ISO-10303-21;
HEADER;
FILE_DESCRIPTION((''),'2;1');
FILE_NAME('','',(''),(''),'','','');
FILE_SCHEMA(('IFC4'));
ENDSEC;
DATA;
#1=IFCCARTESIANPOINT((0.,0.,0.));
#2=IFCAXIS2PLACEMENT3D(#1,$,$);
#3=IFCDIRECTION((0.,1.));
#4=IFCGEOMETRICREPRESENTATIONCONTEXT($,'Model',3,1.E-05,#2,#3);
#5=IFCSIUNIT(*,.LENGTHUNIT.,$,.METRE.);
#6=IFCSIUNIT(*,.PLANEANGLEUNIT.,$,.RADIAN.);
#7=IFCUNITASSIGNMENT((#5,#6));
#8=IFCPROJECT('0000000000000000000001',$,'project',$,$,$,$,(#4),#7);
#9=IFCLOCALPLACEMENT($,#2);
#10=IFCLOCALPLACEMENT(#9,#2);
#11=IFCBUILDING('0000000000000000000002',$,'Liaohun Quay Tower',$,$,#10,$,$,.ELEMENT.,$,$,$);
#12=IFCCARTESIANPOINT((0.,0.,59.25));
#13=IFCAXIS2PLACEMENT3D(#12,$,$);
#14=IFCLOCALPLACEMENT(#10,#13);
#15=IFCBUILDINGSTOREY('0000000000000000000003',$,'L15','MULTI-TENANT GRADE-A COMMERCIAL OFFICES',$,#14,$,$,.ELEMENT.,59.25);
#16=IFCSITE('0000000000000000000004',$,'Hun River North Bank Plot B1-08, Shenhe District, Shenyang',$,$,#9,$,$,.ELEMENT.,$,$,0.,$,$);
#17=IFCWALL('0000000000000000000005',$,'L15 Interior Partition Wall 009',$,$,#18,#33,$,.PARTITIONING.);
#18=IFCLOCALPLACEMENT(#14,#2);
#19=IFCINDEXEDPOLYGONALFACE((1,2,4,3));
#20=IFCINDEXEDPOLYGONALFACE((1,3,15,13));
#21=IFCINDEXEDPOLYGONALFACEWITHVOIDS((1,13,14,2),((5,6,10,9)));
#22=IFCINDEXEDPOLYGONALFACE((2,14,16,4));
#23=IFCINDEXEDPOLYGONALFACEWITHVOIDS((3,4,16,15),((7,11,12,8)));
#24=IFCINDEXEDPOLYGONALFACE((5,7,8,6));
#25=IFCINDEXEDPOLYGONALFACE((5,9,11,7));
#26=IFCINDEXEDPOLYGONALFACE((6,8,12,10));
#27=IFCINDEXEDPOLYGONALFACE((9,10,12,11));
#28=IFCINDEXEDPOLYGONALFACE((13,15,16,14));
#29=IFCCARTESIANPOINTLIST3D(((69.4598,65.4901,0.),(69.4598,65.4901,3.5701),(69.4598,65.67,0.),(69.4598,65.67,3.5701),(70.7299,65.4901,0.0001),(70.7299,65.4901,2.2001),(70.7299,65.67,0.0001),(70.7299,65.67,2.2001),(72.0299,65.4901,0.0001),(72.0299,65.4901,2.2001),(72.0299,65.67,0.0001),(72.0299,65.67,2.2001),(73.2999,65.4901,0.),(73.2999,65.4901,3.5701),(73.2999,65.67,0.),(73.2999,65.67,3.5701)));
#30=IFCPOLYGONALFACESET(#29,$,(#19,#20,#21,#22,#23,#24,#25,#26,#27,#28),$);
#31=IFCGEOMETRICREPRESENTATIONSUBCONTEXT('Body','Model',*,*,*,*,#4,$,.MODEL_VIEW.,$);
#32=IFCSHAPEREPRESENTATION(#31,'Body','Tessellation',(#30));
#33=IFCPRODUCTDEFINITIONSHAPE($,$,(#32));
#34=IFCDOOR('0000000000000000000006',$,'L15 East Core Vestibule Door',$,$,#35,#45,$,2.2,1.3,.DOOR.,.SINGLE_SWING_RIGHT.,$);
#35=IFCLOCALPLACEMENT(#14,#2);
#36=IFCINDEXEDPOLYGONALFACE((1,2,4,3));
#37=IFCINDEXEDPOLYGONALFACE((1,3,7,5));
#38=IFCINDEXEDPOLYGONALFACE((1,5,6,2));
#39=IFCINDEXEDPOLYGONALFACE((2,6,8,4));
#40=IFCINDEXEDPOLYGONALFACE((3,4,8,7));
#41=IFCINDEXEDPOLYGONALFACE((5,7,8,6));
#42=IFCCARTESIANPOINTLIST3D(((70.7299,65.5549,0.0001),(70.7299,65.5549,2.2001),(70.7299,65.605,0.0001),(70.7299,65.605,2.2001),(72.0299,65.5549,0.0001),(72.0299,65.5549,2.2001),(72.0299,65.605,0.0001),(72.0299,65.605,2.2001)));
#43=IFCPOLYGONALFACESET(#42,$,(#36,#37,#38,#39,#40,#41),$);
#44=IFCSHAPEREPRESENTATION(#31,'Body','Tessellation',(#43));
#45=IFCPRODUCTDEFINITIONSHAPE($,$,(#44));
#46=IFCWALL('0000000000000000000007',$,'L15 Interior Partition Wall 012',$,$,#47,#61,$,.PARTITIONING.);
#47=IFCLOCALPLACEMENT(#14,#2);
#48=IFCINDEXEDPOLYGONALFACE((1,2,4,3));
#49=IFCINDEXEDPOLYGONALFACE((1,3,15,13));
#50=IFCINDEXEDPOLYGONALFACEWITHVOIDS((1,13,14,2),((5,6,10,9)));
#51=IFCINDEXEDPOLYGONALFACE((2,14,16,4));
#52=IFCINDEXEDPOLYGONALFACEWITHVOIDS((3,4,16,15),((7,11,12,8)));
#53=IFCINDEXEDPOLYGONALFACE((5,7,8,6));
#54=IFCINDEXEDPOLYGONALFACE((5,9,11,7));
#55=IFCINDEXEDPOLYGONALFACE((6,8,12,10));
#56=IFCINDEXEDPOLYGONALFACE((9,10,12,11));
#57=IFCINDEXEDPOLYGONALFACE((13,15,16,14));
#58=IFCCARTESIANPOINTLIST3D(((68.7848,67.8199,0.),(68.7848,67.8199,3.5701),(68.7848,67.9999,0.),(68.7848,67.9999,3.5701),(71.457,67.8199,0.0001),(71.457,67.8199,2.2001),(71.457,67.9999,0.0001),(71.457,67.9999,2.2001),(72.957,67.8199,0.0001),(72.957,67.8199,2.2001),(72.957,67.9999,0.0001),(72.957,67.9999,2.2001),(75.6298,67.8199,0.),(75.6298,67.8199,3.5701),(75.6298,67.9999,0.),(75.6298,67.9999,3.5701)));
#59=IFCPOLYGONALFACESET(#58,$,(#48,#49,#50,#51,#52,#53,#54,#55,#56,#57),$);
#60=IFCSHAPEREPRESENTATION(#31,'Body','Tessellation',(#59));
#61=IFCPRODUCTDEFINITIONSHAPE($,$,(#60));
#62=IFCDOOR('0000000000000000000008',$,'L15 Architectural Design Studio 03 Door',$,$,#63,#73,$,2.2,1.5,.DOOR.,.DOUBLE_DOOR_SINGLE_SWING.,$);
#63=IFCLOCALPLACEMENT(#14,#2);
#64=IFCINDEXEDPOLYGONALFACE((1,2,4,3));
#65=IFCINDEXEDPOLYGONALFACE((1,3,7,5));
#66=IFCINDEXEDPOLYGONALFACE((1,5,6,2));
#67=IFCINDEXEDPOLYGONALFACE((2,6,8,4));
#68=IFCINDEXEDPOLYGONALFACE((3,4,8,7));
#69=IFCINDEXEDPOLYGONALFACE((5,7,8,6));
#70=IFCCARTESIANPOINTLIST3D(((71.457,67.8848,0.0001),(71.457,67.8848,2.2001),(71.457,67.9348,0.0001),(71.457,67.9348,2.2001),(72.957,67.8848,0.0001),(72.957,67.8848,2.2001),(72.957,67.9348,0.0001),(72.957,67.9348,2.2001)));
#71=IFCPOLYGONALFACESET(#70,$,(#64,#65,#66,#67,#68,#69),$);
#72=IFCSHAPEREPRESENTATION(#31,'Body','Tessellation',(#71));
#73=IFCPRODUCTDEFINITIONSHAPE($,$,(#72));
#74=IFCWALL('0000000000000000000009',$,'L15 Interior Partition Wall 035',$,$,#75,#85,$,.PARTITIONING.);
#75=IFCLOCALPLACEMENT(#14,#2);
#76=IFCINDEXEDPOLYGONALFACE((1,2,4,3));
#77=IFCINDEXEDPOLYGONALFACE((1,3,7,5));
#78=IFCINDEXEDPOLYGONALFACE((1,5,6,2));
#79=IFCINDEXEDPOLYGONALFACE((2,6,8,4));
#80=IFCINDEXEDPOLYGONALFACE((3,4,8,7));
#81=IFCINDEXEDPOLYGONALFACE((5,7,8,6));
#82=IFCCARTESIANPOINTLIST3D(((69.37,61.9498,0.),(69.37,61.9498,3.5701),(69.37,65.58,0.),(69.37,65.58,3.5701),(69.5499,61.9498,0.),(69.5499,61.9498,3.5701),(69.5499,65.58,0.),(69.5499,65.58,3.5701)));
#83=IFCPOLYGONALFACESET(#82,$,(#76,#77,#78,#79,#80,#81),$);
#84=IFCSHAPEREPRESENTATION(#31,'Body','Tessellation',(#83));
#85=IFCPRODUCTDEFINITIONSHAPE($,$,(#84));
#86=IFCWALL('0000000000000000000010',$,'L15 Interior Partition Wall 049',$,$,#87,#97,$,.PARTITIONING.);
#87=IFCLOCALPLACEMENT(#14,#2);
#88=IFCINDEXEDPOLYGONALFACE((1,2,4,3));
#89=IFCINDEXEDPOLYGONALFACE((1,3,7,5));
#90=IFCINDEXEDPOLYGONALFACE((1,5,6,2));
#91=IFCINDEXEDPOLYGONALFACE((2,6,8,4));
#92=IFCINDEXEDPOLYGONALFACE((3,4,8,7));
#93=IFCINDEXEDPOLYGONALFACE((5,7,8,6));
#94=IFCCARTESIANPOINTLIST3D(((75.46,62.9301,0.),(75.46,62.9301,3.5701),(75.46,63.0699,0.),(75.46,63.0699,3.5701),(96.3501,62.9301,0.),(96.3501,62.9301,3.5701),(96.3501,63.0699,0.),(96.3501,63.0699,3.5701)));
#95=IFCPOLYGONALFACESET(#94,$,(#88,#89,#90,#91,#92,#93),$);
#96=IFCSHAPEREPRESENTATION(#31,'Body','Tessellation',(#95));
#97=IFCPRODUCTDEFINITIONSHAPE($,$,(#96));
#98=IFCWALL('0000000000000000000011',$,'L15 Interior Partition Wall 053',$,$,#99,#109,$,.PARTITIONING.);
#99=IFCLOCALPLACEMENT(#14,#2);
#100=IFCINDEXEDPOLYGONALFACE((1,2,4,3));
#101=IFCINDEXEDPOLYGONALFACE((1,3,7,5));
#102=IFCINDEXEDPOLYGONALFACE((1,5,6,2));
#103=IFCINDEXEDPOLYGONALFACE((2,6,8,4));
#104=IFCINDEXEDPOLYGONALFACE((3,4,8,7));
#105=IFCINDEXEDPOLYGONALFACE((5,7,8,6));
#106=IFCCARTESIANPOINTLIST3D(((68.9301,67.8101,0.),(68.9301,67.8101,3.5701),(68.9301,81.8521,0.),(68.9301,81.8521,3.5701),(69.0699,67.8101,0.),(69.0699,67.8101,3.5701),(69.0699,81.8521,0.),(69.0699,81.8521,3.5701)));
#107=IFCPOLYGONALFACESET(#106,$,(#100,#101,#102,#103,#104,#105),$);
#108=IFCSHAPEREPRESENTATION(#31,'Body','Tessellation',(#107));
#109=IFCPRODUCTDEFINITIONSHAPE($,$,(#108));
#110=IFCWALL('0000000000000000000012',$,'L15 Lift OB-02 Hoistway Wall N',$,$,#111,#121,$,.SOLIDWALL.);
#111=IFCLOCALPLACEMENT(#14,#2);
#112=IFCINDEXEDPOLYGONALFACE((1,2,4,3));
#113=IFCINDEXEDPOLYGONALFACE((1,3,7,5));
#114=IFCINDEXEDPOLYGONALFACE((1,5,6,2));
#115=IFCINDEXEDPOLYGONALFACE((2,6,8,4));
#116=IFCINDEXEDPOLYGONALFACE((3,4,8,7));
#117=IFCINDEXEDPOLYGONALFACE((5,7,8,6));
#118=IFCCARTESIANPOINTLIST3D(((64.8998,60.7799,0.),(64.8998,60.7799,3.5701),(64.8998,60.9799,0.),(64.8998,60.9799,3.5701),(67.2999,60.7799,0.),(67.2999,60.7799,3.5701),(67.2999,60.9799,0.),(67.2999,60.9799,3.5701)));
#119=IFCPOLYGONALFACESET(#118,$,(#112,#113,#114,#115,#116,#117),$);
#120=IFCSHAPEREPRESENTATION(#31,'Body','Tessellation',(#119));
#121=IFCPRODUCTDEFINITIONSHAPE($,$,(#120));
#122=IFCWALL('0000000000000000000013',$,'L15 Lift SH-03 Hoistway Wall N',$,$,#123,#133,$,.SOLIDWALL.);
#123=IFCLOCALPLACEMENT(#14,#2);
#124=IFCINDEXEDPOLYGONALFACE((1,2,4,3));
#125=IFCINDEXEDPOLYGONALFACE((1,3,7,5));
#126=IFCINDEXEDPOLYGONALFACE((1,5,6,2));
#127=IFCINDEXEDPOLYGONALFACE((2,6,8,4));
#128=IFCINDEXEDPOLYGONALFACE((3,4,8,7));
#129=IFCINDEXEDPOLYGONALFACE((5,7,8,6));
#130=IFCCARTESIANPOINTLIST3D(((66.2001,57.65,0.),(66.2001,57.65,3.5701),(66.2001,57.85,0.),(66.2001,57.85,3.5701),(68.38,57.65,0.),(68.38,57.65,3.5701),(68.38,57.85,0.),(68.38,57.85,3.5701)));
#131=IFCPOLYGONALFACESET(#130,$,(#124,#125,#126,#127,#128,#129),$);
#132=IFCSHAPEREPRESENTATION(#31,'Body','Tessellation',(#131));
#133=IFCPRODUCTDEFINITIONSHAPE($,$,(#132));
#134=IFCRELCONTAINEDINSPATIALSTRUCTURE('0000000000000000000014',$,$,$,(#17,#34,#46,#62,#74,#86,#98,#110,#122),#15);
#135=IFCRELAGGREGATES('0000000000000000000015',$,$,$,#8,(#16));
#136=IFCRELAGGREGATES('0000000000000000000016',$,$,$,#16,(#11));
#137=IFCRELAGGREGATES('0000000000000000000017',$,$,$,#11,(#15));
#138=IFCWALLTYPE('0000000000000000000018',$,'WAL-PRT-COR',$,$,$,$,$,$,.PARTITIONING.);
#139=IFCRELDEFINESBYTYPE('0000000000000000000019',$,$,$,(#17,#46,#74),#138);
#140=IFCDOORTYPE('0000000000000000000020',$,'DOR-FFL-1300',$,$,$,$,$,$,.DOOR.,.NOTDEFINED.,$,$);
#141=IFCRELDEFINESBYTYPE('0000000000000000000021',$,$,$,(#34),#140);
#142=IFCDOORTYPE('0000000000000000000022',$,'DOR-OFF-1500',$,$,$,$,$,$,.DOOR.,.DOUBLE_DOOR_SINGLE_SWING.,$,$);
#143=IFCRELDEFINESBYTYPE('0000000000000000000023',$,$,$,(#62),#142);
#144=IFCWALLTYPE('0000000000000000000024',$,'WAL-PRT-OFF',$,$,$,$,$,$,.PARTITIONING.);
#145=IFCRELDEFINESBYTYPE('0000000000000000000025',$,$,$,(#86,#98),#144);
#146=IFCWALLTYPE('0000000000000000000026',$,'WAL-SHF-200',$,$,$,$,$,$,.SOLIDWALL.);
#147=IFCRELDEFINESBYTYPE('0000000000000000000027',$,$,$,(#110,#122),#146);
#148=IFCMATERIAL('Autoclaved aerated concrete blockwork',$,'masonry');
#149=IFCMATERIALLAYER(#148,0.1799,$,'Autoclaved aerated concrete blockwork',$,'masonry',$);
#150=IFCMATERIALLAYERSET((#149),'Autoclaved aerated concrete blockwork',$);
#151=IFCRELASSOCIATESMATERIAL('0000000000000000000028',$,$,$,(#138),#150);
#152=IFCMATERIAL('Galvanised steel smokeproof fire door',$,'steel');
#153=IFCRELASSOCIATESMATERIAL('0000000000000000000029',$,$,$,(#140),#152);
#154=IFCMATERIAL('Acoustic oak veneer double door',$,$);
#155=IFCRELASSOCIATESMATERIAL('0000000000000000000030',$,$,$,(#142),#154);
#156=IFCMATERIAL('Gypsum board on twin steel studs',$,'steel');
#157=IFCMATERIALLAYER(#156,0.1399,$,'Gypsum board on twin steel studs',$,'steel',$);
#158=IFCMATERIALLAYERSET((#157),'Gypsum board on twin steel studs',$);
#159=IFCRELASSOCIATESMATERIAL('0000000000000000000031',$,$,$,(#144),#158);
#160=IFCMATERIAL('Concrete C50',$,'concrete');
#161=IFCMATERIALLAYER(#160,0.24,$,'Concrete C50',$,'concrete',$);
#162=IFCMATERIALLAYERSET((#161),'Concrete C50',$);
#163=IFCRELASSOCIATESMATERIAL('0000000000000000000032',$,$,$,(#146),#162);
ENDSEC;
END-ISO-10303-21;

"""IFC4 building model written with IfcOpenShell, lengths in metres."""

from ifc_helpers import new_model, si_unit, direction, frame, frame_2d, origin, place, context, subcontext, project, spatial, rectangle, extrude, source, transform, mapped, material, layer, layer_set, type_object, element, fill, save


model = new_model("IFC4")

# Units and contexts
model_context = context("Model", 3, precision=1e-05, world=origin(), true_north=direction((0.0, 1.0)))
body_context = subcontext(model_context, "Body", "Model", "MODEL_VIEW")
ifc_project = project(units=[si_unit("LENGTHUNIT", "METRE"), si_unit("PLANEANGLEUNIT", "RADIAN")], contexts=[model_context])

# Site, building, storey
site_placement = place(None, origin())
site = spatial("IfcSite", under=ifc_project, at=site_placement, Name="Hun River North Bank Plot B1-08, Shenhe District, Shenyang", CompositionType="ELEMENT", RefElevation=0.0)
building_placement = place(site_placement, origin())
building = spatial("IfcBuilding", under=site, at=building_placement, Name="Liaohun Quay Tower", CompositionType="ELEMENT")
storey_placement = place(building_placement, frame((0.0, 0.0, 59.25)))
storey = spatial("IfcBuildingStorey", under=building, at=storey_placement, Name="L15", Description="MULTI-TENANT GRADE-A COMMERCIAL OFFICES", CompositionType="ELEMENT", Elevation=59.25)

# Walls, openings, doors
ifc_material_1 = material(Name="Autoclaved aerated concrete blockwork", Category="masonry")
ifc_layer_1 = layer(ifc_material_1, 0.1799, Name="Autoclaved aerated concrete blockwork", Category="masonry")
ifc_layer_set_1 = layer_set([ifc_layer_1], Name="Autoclaved aerated concrete blockwork")
wall_type_1 = type_object("IfcWallType", Name="WAL-PRT-COR", PredefinedType="PARTITIONING", material=ifc_layer_set_1)
wall_1_placement = place(storey_placement, frame((69.46, 65.5801, 0.0), z_axis=(0.0, 0.0, 1.0), x_axis=(1.0, 0.0, 0.0)))
wall_1 = element("IfcWall", 1, at=wall_1_placement, inside=storey, type_object=wall_type_1, Name="L15 Interior Partition Wall 009", PredefinedType="PARTITIONING", context=body_context, shape_type="SweptSolid", body=[
    extrude(rectangle(XDim=3.8401, YDim=0.1799, at=frame_2d((1.9199, 0.0))), origin(), (0.0, 0.0, 1.0), 3.5701),
])
shared_shape_1 = source(origin(), body_context, "Body", "SweptSolid", [
    extrude(rectangle(XDim=1.3, YDim=2.2, at=frame_2d((0.6499, 1.1001))), frame((0.0, 0.0999, 0.0), z_axis=(0.0, -1.0, 0.0), x_axis=(1.0, 0.0, 0.0)), (0.0, 0.0, 1.0), 0.2),
])
opening_1_placement = place(wall_1_placement, frame((1.27, 0.0, 0.0)))
opening_1 = element("IfcOpeningElement", 2, at=opening_1_placement, cuts=wall_1, PredefinedType="OPENING", context=body_context, shape_type="MappedRepresentation", body=[
    mapped(shared_shape_1, transform((0.0, 0.0, 0.0), x_axis=(1.0, 0.0, 0.0), y_axis=(0.0, 1.0, 0.0), z_axis=(0.0, 0.0, 1.0), scale=1.0)),
])
ifc_material_2 = material(Name="Galvanised steel smokeproof fire door", Category="steel")
door_type_1 = type_object("IfcDoorType", Name="DOR-FFL-1300", OperationType="NOTDEFINED", PredefinedType="DOOR", material=ifc_material_2)
shared_shape_2 = source(origin(), body_context, "Body", "SweptSolid", [
    extrude(rectangle(XDim=1.3, YDim=2.2, at=frame_2d((0.6499, 1.1001))), frame((0.0, 0.0249, 0.0), z_axis=(0.0, -1.0, 0.0), x_axis=(1.0, 0.0, 0.0)), (0.0, 0.0, 1.0), 0.05),
])
door_1_placement = place(opening_1_placement, origin())
door_1 = element("IfcDoor", 3, at=door_1_placement, inside=storey, type_object=door_type_1, Name="L15 East Core Vestibule Door", OperationType="SINGLE_SWING_RIGHT", OverallHeight=2.2, OverallWidth=1.3, PredefinedType="DOOR", context=body_context, shape_type="MappedRepresentation", body=[
    mapped(shared_shape_2, transform((0.0, 0.0, 0.0), x_axis=(1.0, 0.0, 0.0), y_axis=(0.0, 1.0, 0.0), z_axis=(0.0, 0.0, 1.0), scale=1.0)),
])
fill(opening_1, door_1)
wall_2_placement = place(storey_placement, frame((68.7849, 67.9099, 0.0), z_axis=(0.0, 0.0, 1.0), x_axis=(1.0, 0.0, 0.0)))
wall_2 = element("IfcWall", 4, at=wall_2_placement, inside=storey, type_object=wall_type_1, Name="L15 Interior Partition Wall 012", PredefinedType="PARTITIONING", context=body_context, shape_type="SweptSolid", body=[
    extrude(rectangle(XDim=6.845, YDim=0.1799, at=frame_2d((3.4224, 0.0))), origin(), (0.0, 0.0, 1.0), 3.5701),
])
shared_shape_3 = source(origin(), body_context, "Body", "SweptSolid", [
    extrude(rectangle(XDim=1.5, YDim=2.2, at=frame_2d((0.75, 1.1001))), frame((0.0, 0.0999, 0.0), z_axis=(0.0, -1.0, 0.0), x_axis=(1.0, 0.0, 0.0)), (0.0, 0.0, 1.0), 0.2),
])
opening_2_placement = place(wall_2_placement, frame((2.6721, 0.0, 0.0)))
opening_2 = element("IfcOpeningElement", 5, at=opening_2_placement, cuts=wall_2, PredefinedType="OPENING", context=body_context, shape_type="MappedRepresentation", body=[
    mapped(shared_shape_3, transform((0.0, 0.0, 0.0), x_axis=(1.0, 0.0, 0.0), y_axis=(0.0, 1.0, 0.0), z_axis=(0.0, 0.0, 1.0), scale=1.0)),
])
ifc_material_3 = material(Name="Acoustic oak veneer double door")
door_type_2 = type_object("IfcDoorType", Name="DOR-OFF-1500", OperationType="DOUBLE_DOOR_SINGLE_SWING", PredefinedType="DOOR", material=ifc_material_3)
shared_shape_4 = source(origin(), body_context, "Body", "SweptSolid", [
    extrude(rectangle(XDim=1.5, YDim=2.2, at=frame_2d((0.75, 1.1001))), frame((0.0, 0.0249, 0.0), z_axis=(0.0, -1.0, 0.0), x_axis=(1.0, 0.0, 0.0)), (0.0, 0.0, 1.0), 0.05),
])
door_2_placement = place(opening_2_placement, origin())
door_2 = element("IfcDoor", 6, at=door_2_placement, inside=storey, type_object=door_type_2, Name="L15 Architectural Design Studio 03 Door", OperationType="DOUBLE_DOOR_SINGLE_SWING", OverallHeight=2.2, OverallWidth=1.5, PredefinedType="DOOR", context=body_context, shape_type="MappedRepresentation", body=[
    mapped(shared_shape_4, transform((0.0, 0.0, 0.0), x_axis=(1.0, 0.0, 0.0), y_axis=(0.0, 1.0, 0.0), z_axis=(0.0, 0.0, 1.0), scale=1.0)),
])
fill(opening_2, door_2)

# Walls
wall_3_placement = place(storey_placement, frame((69.46, 61.95, 0.0), z_axis=(0.0, 0.0, 1.0), x_axis=(0.0, 1.0, 0.0)))
element("IfcWall", 7, at=wall_3_placement, inside=storey, type_object=wall_type_1, Name="L15 Interior Partition Wall 035", PredefinedType="PARTITIONING", context=body_context, shape_type="SweptSolid", body=[
    extrude(rectangle(XDim=3.6301, YDim=0.1799, at=frame_2d((1.8149, 0.0))), origin(), (0.0, 0.0, 1.0), 3.5701),
])
ifc_material_4 = material(Name="Gypsum board on twin steel studs", Category="steel")
ifc_layer_2 = layer(ifc_material_4, 0.1399, Name="Gypsum board on twin steel studs", Category="steel")
ifc_layer_set_2 = layer_set([ifc_layer_2], Name="Gypsum board on twin steel studs")
wall_type_2 = type_object("IfcWallType", Name="WAL-PRT-OFF", PredefinedType="PARTITIONING", material=ifc_layer_set_2)
wall_4_placement = place(storey_placement, frame((75.46, 63.0, 0.0), z_axis=(0.0, 0.0, 1.0), x_axis=(1.0, 0.0, 0.0)))
element("IfcWall", 8, at=wall_4_placement, inside=storey, type_object=wall_type_2, Name="L15 Interior Partition Wall 049", PredefinedType="PARTITIONING", context=body_context, shape_type="SweptSolid", body=[
    extrude(rectangle(XDim=20.8901, YDim=0.1399, at=frame_2d((10.4451, 0.0))), origin(), (0.0, 0.0, 1.0), 3.5701),
])
wall_5_placement = place(storey_placement, frame((69.0, 67.8101, 0.0), z_axis=(0.0, 0.0, 1.0), x_axis=(0.0, 1.0, 0.0)))
element("IfcWall", 9, at=wall_5_placement, inside=storey, type_object=wall_type_2, Name="L15 Interior Partition Wall 053", PredefinedType="PARTITIONING", context=body_context, shape_type="SweptSolid", body=[
    extrude(rectangle(XDim=14.042, YDim=0.1399, at=frame_2d((7.021, 0.0))), origin(), (0.0, 0.0, 1.0), 3.5701),
])
ifc_material_5 = material(Name="Concrete C50", Category="concrete")
ifc_layer_3 = layer(ifc_material_5, 0.24, Name="Concrete C50", Category="concrete")
ifc_layer_set_3 = layer_set([ifc_layer_3], Name="Concrete C50")
wall_type_3 = type_object("IfcWallType", Name="WAL-SHF-200", PredefinedType="SOLIDWALL", material=ifc_layer_set_3)
wall_6_placement = place(storey_placement, frame((67.3, 60.8799, 0.0), z_axis=(0.0, 0.0, 1.0), x_axis=(-1.0, 0.0, 0.0)))
element("IfcWall", 10, at=wall_6_placement, inside=storey, type_object=wall_type_3, Name="L15 Lift OB-02 Hoistway Wall N", PredefinedType="SOLIDWALL", context=body_context, shape_type="SweptSolid", body=[
    extrude(rectangle(XDim=2.4001, YDim=0.2, at=frame_2d((1.2002, 0.0))), origin(), (0.0, 0.0, 1.0), 3.5701),
])
wall_7_placement = place(storey_placement, frame((68.3799, 57.75, 0.0), z_axis=(0.0, 0.0, 1.0), x_axis=(-1.0, 0.0, 0.0)))
element("IfcWall", 11, at=wall_7_placement, inside=storey, type_object=wall_type_3, Name="L15 Lift SH-03 Hoistway Wall N", PredefinedType="SOLIDWALL", context=body_context, shape_type="SweptSolid", body=[
    extrude(rectangle(XDim=2.1799, YDim=0.2, at=frame_2d((1.0898, 0.0))), origin(), (0.0, 0.0, 1.0), 3.5701),
])

save(model, "model.ifc")
